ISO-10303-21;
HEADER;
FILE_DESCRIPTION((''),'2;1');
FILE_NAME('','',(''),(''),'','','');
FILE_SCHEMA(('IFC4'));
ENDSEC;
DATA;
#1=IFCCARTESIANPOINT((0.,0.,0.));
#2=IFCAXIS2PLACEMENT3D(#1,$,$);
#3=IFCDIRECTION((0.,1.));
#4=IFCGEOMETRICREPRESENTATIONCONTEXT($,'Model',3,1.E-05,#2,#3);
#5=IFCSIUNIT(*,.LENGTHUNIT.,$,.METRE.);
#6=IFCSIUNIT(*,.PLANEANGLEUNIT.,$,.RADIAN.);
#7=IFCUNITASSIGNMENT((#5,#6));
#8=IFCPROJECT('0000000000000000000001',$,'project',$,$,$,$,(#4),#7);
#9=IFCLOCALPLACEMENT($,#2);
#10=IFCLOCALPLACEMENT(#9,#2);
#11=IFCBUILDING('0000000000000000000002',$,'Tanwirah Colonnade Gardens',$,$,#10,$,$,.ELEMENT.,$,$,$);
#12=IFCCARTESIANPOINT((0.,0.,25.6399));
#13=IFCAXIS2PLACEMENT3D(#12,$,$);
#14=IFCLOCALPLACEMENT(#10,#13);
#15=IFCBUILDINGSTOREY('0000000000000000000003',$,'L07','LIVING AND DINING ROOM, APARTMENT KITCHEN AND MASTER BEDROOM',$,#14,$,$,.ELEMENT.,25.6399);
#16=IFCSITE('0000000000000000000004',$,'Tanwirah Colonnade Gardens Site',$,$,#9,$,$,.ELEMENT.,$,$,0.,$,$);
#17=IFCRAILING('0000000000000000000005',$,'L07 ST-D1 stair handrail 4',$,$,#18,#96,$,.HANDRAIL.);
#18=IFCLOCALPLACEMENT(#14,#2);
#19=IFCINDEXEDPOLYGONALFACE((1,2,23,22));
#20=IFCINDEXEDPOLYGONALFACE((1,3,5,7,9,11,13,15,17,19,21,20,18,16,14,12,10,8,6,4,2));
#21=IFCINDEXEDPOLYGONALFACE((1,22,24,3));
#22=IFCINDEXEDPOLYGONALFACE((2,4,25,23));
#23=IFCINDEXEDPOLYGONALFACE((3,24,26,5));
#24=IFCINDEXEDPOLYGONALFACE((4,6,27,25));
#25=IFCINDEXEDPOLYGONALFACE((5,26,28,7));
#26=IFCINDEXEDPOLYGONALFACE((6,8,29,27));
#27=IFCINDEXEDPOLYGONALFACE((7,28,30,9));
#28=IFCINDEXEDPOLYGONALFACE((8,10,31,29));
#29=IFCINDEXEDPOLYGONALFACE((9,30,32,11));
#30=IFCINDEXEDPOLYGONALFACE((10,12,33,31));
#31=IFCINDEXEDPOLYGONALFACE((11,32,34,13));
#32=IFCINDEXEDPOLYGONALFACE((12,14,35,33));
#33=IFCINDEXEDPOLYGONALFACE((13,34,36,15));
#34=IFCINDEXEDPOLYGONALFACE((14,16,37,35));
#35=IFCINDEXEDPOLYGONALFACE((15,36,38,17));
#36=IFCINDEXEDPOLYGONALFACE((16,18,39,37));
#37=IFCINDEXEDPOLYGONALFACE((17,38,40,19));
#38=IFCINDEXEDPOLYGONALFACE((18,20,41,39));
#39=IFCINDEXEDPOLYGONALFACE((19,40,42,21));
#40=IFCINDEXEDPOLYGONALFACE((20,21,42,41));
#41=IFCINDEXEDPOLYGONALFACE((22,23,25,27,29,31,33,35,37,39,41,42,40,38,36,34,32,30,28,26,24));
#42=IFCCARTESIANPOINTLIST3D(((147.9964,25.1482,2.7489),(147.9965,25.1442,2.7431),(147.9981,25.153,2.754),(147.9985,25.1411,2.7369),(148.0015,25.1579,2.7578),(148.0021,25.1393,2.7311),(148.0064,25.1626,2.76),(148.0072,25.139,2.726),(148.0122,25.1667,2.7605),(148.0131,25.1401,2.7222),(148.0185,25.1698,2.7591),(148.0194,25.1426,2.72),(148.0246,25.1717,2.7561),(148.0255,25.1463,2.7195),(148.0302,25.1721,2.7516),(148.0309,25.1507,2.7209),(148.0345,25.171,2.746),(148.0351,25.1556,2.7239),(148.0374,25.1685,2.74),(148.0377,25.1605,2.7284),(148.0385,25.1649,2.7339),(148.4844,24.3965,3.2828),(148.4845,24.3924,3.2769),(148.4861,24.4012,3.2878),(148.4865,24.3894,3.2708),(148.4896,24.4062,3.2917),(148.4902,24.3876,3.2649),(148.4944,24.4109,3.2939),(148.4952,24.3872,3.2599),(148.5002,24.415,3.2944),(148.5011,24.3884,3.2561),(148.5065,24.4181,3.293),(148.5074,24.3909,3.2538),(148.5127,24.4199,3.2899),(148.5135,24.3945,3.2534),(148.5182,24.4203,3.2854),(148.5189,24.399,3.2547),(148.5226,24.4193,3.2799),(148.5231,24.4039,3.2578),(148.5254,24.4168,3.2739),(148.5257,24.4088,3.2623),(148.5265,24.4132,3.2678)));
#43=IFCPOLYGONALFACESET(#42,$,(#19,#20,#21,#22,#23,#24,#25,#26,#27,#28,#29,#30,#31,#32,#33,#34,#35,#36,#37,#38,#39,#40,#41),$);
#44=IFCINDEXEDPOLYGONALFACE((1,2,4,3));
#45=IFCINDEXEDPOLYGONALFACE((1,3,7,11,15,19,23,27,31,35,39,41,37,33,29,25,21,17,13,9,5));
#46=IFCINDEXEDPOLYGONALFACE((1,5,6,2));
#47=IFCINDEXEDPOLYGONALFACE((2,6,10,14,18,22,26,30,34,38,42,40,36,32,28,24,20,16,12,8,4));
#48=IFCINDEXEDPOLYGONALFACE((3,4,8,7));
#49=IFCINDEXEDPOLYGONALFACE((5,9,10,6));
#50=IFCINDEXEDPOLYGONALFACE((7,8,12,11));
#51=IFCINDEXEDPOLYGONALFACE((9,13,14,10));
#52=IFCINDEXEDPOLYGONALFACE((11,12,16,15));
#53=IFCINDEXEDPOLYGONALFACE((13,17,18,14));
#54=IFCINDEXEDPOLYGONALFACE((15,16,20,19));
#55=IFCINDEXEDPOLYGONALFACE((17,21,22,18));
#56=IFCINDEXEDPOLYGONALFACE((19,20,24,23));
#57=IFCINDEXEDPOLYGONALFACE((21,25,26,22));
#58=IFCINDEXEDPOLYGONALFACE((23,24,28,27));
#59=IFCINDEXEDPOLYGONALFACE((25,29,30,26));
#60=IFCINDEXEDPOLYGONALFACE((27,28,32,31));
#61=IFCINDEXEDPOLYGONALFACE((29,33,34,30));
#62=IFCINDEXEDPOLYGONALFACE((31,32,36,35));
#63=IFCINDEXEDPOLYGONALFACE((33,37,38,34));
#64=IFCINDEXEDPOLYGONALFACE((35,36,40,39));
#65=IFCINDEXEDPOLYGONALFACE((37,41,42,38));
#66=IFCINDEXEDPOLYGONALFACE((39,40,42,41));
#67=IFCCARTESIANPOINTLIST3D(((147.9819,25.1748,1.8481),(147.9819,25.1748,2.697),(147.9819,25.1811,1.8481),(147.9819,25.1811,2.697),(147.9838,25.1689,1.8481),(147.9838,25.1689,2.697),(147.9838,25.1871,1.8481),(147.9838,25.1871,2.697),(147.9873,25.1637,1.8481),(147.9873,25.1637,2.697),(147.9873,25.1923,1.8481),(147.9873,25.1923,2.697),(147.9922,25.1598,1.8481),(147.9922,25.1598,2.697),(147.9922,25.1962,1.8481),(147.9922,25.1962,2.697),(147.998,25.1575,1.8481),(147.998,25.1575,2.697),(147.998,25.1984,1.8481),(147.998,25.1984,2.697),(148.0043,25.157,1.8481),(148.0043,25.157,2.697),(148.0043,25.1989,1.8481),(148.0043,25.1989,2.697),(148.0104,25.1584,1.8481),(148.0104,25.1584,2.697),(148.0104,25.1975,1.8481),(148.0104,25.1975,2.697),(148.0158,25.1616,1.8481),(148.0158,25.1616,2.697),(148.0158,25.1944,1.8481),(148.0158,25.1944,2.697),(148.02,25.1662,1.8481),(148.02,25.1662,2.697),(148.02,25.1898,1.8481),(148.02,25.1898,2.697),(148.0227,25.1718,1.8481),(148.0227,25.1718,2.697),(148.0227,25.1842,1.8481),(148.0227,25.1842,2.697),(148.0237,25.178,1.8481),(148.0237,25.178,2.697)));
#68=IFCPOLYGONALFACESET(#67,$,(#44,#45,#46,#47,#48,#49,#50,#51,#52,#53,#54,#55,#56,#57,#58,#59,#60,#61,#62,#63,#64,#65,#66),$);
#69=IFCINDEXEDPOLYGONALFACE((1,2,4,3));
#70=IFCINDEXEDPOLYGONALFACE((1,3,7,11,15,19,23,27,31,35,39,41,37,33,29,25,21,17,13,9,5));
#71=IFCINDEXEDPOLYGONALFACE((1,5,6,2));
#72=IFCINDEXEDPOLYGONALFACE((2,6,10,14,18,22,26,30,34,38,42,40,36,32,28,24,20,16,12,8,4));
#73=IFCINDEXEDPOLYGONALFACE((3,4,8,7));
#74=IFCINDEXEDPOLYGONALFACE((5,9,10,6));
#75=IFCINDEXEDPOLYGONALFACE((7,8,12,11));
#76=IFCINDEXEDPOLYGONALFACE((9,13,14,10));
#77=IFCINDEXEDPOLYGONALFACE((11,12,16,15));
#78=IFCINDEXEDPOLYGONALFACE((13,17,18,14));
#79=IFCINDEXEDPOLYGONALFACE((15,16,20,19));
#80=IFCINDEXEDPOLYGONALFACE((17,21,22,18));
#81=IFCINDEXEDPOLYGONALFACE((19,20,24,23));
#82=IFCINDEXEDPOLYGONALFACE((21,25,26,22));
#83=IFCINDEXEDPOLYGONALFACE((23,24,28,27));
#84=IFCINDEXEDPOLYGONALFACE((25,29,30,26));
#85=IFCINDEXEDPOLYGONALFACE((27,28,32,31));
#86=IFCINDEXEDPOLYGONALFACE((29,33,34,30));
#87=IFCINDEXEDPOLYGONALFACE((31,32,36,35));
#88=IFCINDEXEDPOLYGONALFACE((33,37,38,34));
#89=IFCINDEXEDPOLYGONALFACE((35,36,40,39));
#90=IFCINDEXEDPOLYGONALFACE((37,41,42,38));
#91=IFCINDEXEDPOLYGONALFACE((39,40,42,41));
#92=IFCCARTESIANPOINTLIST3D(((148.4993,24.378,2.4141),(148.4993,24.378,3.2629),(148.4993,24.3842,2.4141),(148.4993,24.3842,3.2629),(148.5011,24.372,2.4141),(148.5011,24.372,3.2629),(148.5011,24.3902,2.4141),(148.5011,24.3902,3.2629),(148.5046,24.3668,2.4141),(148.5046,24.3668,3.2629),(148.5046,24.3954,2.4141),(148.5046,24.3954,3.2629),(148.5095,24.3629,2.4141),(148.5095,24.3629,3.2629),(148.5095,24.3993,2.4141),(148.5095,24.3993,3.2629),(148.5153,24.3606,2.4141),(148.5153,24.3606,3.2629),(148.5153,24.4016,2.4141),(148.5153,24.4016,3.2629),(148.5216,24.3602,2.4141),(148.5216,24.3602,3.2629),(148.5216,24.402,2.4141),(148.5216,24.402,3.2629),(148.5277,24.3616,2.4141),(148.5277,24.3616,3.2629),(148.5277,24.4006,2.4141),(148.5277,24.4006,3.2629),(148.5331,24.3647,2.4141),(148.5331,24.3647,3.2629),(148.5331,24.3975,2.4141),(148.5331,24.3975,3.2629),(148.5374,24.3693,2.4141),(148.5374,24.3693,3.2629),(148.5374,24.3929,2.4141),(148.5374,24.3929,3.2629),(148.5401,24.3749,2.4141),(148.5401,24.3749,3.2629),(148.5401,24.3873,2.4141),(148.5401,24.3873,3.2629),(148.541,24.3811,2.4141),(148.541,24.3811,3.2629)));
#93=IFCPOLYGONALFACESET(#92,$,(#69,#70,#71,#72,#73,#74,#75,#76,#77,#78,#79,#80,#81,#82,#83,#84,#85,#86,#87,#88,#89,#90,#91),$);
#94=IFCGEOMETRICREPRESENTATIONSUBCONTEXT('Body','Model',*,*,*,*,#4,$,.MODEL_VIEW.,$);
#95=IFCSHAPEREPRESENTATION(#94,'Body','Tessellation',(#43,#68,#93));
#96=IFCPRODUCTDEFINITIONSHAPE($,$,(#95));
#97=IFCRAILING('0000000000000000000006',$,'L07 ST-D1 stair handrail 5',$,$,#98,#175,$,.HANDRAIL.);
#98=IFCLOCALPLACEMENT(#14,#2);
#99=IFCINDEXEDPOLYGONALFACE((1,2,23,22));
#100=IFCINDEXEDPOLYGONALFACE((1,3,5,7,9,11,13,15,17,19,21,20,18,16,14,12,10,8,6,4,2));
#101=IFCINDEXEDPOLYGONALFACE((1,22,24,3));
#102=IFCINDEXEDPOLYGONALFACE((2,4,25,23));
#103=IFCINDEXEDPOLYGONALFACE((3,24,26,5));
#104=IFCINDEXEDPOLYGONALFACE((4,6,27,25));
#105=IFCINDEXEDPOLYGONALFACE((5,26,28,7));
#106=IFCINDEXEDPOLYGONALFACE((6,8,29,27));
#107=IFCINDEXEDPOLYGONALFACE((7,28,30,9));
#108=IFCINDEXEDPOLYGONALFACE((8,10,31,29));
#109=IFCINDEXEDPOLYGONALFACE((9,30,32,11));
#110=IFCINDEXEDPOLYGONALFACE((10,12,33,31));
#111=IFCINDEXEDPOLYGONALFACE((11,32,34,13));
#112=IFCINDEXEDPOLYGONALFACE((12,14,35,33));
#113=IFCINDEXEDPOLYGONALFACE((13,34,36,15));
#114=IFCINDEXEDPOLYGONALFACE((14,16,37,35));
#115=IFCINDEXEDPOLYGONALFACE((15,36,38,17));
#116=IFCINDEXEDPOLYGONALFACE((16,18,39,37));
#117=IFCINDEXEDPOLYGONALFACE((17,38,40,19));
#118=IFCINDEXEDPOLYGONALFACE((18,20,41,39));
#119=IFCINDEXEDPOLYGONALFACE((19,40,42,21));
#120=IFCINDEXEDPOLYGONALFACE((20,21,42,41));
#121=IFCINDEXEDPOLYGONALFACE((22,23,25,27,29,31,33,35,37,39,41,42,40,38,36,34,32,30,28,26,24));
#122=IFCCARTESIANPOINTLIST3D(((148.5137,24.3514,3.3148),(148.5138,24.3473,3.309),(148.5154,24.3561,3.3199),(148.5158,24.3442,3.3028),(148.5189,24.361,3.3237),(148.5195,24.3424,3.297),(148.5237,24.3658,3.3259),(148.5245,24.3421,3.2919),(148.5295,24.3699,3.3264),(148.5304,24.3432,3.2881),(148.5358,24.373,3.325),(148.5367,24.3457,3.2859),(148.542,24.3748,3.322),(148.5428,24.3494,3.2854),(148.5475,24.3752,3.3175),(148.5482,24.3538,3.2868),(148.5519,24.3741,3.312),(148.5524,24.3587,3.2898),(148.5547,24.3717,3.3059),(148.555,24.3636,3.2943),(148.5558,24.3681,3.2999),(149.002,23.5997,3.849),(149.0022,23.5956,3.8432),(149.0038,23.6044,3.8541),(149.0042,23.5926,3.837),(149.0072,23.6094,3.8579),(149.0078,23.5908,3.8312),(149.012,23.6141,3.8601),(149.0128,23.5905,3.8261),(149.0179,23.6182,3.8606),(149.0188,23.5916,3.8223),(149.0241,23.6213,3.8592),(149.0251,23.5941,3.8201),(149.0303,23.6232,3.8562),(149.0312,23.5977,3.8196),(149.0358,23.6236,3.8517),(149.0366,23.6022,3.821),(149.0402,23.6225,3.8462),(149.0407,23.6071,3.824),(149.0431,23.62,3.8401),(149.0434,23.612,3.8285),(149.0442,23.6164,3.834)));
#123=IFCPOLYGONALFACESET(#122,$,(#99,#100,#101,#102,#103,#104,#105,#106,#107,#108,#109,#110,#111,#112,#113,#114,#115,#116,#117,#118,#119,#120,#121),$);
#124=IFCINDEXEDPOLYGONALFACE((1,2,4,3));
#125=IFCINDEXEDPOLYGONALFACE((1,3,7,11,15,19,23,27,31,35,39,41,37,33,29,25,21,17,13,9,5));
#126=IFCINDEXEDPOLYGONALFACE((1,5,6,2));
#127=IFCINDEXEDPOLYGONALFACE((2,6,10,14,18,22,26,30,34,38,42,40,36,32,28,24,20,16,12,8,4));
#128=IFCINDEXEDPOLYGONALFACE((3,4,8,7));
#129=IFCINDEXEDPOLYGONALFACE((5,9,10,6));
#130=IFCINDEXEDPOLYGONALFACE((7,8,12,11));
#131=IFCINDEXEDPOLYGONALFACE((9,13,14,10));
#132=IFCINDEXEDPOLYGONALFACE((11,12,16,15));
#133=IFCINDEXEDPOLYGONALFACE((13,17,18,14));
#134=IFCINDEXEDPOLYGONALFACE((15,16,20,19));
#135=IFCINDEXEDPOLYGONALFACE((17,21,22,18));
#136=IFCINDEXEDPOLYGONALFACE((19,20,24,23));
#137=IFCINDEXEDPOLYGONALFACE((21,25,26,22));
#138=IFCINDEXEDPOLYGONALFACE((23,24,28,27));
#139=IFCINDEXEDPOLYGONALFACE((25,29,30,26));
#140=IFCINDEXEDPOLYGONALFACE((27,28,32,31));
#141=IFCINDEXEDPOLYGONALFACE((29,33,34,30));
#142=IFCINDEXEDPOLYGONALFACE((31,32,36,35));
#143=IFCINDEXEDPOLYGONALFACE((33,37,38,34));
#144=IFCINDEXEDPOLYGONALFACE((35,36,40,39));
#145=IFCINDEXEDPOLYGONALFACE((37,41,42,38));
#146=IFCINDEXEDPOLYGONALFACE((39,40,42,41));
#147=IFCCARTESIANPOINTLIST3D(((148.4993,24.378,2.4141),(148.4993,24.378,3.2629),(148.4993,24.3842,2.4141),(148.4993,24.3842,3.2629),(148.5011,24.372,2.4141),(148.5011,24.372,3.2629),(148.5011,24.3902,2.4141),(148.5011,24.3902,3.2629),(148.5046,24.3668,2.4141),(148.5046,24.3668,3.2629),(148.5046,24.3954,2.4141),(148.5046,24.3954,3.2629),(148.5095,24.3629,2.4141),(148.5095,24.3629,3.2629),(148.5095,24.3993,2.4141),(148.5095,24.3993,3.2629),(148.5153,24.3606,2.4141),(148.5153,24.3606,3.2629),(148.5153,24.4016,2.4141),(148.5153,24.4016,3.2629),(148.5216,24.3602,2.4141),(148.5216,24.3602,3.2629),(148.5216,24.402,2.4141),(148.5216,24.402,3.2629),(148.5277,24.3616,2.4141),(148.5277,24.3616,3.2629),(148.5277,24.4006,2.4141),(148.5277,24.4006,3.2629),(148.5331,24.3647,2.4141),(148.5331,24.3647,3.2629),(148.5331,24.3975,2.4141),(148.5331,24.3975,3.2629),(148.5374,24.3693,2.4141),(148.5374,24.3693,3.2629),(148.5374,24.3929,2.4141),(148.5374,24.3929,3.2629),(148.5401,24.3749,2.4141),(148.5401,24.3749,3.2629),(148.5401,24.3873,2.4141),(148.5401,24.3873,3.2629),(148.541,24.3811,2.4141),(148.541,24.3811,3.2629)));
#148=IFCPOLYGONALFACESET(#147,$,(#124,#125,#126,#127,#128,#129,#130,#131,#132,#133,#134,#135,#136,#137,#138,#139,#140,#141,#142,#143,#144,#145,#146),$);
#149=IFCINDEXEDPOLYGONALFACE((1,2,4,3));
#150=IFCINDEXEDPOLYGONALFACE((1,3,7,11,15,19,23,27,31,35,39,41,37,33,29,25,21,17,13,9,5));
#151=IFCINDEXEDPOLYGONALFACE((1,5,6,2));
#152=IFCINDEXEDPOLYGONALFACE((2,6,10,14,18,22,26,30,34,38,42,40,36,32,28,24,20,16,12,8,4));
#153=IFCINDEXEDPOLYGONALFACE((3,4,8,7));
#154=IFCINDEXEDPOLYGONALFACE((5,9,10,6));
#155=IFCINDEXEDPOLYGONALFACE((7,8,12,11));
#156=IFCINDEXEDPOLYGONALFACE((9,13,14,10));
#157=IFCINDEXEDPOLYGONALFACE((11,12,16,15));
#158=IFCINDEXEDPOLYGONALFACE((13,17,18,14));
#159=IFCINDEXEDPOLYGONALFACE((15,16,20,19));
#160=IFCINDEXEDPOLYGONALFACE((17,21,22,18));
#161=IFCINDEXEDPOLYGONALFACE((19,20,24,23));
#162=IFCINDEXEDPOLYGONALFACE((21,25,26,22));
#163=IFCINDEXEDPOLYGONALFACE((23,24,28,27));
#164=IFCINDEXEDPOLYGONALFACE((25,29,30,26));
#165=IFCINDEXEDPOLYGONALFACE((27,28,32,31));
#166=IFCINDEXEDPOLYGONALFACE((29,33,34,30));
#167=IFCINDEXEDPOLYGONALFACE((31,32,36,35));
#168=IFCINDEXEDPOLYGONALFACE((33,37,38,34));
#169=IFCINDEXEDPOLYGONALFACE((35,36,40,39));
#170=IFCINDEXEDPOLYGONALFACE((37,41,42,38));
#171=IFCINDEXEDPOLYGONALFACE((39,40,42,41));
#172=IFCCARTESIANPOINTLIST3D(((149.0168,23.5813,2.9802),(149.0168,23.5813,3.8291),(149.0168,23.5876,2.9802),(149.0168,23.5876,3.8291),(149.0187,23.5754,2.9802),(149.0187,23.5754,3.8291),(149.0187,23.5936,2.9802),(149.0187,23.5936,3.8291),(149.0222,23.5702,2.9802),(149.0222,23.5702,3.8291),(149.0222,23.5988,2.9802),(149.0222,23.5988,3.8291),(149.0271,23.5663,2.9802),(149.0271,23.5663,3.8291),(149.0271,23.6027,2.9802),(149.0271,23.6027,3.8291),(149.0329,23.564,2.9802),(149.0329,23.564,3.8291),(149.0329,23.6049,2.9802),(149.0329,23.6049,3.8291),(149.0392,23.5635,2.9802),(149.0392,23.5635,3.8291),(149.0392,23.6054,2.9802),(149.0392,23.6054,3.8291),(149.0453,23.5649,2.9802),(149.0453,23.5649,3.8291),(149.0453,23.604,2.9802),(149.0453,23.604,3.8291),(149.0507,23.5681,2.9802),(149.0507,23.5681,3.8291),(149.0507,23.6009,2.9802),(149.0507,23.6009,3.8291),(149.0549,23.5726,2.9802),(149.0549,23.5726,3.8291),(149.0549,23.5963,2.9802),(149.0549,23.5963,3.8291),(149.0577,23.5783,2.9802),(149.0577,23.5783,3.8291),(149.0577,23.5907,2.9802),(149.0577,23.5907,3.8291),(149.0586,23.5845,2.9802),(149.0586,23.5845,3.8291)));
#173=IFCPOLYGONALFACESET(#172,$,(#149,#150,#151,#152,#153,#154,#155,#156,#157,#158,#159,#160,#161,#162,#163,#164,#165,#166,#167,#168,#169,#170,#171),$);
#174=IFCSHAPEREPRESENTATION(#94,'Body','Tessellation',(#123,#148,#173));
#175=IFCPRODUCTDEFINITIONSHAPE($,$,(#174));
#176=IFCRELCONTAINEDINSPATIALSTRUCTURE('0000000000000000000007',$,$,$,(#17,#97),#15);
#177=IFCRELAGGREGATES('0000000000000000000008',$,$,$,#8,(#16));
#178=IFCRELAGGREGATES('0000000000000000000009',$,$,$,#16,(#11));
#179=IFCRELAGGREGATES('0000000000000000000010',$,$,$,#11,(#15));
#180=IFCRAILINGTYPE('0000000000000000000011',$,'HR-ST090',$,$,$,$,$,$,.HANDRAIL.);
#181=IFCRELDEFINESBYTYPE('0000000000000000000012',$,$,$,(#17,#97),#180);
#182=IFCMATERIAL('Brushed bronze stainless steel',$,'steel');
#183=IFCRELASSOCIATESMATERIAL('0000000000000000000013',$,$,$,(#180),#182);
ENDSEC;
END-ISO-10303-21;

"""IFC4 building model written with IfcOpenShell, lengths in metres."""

from ifc_helpers import new_model, si_unit, direction, frame, origin, origin_2d, place, context, subcontext, project, spatial, circle, extrude, material, type_object, element, save


model = new_model("IFC4")

# Units and contexts
model_context = context("Model", 3, precision=1e-05, world=origin(), true_north=direction((0.0, 1.0)))
body_context = subcontext(model_context, "Body", "Model", "MODEL_VIEW")
ifc_project = project(units=[si_unit("LENGTHUNIT", "METRE"), si_unit("PLANEANGLEUNIT", "RADIAN")], contexts=[model_context])

# Site, building, storey
site_placement = place(None, origin())
site = spatial("IfcSite", under=ifc_project, at=site_placement, Name="Tanwirah Colonnade Gardens Site", CompositionType="ELEMENT", RefElevation=0.0)
building_placement = place(site_placement, origin())
building = spatial("IfcBuilding", under=site, at=building_placement, Name="Tanwirah Colonnade Gardens", CompositionType="ELEMENT")
storey_placement = place(building_placement, frame((0.0, 0.0, 25.6399)))
storey = spatial("IfcBuildingStorey", under=building, at=storey_placement, Name="L07", Description="LIVING AND DINING ROOM, APARTMENT KITCHEN AND MASTER BEDROOM", CompositionType="ELEMENT", Elevation=25.6399)

# Railings
ifc_material_1 = material(Name="Brushed bronze stainless steel", Category="steel")
railing_type_1 = type_object("IfcRailingType", Name="HR-ST090", PredefinedType="HANDRAIL", material=ifc_material_1)
railing_1_placement = place(storey_placement, frame((148.0027, 25.178, 1.8481)))
element("IfcRailing", 1, at=railing_1_placement, inside=storey, type_object=railing_type_1, Name="L07 ST-D1 stair handrail 4", PredefinedType="HANDRAIL", context=body_context, shape_type="SweptSolid", body=[
    extrude(circle(Radius=0.0239, at=origin_2d()), frame((0.0146, -0.0225, 0.8918), z_axis=(0.467815, -0.720599, 0.511749), x_axis=(0.838749, 0.544519, 0.0)), (0.0, 0.0, 1.0), 1.0432),
    extrude(circle(Radius=0.021, at=origin_2d()), origin(), (0.0, 0.0, 1.0), 0.8489),
    extrude(circle(Radius=0.021, at=origin_2d()), frame((0.5173, -0.7969, 0.5659)), (0.0, 0.0, 1.0), 0.8489),
])
railing_2_placement = place(storey_placement, frame((148.52, 24.3811, 2.4141)))
element("IfcRailing", 2, at=railing_2_placement, inside=storey, type_object=railing_type_1, Name="L07 ST-D1 stair handrail 5", PredefinedType="HANDRAIL", context=body_context, shape_type="SweptSolid", body=[
    extrude(circle(Radius=0.0239, at=origin_2d()), frame((0.0146, -0.0225, 0.8918), z_axis=(0.468009, -0.720337, 0.51194), x_axis=(0.838555, 0.544817, 0.0)), (0.0, 0.0, 1.0), 1.0435),
    extrude(circle(Radius=0.021, at=origin_2d()), origin(), (0.0, 0.0, 1.0), 0.8489),
    extrude(circle(Radius=0.021, at=origin_2d()), frame((0.5176, -0.7966, 0.5662)), (0.0, 0.0, 1.0), 0.8489),
])

save(model, "model.ifc")
